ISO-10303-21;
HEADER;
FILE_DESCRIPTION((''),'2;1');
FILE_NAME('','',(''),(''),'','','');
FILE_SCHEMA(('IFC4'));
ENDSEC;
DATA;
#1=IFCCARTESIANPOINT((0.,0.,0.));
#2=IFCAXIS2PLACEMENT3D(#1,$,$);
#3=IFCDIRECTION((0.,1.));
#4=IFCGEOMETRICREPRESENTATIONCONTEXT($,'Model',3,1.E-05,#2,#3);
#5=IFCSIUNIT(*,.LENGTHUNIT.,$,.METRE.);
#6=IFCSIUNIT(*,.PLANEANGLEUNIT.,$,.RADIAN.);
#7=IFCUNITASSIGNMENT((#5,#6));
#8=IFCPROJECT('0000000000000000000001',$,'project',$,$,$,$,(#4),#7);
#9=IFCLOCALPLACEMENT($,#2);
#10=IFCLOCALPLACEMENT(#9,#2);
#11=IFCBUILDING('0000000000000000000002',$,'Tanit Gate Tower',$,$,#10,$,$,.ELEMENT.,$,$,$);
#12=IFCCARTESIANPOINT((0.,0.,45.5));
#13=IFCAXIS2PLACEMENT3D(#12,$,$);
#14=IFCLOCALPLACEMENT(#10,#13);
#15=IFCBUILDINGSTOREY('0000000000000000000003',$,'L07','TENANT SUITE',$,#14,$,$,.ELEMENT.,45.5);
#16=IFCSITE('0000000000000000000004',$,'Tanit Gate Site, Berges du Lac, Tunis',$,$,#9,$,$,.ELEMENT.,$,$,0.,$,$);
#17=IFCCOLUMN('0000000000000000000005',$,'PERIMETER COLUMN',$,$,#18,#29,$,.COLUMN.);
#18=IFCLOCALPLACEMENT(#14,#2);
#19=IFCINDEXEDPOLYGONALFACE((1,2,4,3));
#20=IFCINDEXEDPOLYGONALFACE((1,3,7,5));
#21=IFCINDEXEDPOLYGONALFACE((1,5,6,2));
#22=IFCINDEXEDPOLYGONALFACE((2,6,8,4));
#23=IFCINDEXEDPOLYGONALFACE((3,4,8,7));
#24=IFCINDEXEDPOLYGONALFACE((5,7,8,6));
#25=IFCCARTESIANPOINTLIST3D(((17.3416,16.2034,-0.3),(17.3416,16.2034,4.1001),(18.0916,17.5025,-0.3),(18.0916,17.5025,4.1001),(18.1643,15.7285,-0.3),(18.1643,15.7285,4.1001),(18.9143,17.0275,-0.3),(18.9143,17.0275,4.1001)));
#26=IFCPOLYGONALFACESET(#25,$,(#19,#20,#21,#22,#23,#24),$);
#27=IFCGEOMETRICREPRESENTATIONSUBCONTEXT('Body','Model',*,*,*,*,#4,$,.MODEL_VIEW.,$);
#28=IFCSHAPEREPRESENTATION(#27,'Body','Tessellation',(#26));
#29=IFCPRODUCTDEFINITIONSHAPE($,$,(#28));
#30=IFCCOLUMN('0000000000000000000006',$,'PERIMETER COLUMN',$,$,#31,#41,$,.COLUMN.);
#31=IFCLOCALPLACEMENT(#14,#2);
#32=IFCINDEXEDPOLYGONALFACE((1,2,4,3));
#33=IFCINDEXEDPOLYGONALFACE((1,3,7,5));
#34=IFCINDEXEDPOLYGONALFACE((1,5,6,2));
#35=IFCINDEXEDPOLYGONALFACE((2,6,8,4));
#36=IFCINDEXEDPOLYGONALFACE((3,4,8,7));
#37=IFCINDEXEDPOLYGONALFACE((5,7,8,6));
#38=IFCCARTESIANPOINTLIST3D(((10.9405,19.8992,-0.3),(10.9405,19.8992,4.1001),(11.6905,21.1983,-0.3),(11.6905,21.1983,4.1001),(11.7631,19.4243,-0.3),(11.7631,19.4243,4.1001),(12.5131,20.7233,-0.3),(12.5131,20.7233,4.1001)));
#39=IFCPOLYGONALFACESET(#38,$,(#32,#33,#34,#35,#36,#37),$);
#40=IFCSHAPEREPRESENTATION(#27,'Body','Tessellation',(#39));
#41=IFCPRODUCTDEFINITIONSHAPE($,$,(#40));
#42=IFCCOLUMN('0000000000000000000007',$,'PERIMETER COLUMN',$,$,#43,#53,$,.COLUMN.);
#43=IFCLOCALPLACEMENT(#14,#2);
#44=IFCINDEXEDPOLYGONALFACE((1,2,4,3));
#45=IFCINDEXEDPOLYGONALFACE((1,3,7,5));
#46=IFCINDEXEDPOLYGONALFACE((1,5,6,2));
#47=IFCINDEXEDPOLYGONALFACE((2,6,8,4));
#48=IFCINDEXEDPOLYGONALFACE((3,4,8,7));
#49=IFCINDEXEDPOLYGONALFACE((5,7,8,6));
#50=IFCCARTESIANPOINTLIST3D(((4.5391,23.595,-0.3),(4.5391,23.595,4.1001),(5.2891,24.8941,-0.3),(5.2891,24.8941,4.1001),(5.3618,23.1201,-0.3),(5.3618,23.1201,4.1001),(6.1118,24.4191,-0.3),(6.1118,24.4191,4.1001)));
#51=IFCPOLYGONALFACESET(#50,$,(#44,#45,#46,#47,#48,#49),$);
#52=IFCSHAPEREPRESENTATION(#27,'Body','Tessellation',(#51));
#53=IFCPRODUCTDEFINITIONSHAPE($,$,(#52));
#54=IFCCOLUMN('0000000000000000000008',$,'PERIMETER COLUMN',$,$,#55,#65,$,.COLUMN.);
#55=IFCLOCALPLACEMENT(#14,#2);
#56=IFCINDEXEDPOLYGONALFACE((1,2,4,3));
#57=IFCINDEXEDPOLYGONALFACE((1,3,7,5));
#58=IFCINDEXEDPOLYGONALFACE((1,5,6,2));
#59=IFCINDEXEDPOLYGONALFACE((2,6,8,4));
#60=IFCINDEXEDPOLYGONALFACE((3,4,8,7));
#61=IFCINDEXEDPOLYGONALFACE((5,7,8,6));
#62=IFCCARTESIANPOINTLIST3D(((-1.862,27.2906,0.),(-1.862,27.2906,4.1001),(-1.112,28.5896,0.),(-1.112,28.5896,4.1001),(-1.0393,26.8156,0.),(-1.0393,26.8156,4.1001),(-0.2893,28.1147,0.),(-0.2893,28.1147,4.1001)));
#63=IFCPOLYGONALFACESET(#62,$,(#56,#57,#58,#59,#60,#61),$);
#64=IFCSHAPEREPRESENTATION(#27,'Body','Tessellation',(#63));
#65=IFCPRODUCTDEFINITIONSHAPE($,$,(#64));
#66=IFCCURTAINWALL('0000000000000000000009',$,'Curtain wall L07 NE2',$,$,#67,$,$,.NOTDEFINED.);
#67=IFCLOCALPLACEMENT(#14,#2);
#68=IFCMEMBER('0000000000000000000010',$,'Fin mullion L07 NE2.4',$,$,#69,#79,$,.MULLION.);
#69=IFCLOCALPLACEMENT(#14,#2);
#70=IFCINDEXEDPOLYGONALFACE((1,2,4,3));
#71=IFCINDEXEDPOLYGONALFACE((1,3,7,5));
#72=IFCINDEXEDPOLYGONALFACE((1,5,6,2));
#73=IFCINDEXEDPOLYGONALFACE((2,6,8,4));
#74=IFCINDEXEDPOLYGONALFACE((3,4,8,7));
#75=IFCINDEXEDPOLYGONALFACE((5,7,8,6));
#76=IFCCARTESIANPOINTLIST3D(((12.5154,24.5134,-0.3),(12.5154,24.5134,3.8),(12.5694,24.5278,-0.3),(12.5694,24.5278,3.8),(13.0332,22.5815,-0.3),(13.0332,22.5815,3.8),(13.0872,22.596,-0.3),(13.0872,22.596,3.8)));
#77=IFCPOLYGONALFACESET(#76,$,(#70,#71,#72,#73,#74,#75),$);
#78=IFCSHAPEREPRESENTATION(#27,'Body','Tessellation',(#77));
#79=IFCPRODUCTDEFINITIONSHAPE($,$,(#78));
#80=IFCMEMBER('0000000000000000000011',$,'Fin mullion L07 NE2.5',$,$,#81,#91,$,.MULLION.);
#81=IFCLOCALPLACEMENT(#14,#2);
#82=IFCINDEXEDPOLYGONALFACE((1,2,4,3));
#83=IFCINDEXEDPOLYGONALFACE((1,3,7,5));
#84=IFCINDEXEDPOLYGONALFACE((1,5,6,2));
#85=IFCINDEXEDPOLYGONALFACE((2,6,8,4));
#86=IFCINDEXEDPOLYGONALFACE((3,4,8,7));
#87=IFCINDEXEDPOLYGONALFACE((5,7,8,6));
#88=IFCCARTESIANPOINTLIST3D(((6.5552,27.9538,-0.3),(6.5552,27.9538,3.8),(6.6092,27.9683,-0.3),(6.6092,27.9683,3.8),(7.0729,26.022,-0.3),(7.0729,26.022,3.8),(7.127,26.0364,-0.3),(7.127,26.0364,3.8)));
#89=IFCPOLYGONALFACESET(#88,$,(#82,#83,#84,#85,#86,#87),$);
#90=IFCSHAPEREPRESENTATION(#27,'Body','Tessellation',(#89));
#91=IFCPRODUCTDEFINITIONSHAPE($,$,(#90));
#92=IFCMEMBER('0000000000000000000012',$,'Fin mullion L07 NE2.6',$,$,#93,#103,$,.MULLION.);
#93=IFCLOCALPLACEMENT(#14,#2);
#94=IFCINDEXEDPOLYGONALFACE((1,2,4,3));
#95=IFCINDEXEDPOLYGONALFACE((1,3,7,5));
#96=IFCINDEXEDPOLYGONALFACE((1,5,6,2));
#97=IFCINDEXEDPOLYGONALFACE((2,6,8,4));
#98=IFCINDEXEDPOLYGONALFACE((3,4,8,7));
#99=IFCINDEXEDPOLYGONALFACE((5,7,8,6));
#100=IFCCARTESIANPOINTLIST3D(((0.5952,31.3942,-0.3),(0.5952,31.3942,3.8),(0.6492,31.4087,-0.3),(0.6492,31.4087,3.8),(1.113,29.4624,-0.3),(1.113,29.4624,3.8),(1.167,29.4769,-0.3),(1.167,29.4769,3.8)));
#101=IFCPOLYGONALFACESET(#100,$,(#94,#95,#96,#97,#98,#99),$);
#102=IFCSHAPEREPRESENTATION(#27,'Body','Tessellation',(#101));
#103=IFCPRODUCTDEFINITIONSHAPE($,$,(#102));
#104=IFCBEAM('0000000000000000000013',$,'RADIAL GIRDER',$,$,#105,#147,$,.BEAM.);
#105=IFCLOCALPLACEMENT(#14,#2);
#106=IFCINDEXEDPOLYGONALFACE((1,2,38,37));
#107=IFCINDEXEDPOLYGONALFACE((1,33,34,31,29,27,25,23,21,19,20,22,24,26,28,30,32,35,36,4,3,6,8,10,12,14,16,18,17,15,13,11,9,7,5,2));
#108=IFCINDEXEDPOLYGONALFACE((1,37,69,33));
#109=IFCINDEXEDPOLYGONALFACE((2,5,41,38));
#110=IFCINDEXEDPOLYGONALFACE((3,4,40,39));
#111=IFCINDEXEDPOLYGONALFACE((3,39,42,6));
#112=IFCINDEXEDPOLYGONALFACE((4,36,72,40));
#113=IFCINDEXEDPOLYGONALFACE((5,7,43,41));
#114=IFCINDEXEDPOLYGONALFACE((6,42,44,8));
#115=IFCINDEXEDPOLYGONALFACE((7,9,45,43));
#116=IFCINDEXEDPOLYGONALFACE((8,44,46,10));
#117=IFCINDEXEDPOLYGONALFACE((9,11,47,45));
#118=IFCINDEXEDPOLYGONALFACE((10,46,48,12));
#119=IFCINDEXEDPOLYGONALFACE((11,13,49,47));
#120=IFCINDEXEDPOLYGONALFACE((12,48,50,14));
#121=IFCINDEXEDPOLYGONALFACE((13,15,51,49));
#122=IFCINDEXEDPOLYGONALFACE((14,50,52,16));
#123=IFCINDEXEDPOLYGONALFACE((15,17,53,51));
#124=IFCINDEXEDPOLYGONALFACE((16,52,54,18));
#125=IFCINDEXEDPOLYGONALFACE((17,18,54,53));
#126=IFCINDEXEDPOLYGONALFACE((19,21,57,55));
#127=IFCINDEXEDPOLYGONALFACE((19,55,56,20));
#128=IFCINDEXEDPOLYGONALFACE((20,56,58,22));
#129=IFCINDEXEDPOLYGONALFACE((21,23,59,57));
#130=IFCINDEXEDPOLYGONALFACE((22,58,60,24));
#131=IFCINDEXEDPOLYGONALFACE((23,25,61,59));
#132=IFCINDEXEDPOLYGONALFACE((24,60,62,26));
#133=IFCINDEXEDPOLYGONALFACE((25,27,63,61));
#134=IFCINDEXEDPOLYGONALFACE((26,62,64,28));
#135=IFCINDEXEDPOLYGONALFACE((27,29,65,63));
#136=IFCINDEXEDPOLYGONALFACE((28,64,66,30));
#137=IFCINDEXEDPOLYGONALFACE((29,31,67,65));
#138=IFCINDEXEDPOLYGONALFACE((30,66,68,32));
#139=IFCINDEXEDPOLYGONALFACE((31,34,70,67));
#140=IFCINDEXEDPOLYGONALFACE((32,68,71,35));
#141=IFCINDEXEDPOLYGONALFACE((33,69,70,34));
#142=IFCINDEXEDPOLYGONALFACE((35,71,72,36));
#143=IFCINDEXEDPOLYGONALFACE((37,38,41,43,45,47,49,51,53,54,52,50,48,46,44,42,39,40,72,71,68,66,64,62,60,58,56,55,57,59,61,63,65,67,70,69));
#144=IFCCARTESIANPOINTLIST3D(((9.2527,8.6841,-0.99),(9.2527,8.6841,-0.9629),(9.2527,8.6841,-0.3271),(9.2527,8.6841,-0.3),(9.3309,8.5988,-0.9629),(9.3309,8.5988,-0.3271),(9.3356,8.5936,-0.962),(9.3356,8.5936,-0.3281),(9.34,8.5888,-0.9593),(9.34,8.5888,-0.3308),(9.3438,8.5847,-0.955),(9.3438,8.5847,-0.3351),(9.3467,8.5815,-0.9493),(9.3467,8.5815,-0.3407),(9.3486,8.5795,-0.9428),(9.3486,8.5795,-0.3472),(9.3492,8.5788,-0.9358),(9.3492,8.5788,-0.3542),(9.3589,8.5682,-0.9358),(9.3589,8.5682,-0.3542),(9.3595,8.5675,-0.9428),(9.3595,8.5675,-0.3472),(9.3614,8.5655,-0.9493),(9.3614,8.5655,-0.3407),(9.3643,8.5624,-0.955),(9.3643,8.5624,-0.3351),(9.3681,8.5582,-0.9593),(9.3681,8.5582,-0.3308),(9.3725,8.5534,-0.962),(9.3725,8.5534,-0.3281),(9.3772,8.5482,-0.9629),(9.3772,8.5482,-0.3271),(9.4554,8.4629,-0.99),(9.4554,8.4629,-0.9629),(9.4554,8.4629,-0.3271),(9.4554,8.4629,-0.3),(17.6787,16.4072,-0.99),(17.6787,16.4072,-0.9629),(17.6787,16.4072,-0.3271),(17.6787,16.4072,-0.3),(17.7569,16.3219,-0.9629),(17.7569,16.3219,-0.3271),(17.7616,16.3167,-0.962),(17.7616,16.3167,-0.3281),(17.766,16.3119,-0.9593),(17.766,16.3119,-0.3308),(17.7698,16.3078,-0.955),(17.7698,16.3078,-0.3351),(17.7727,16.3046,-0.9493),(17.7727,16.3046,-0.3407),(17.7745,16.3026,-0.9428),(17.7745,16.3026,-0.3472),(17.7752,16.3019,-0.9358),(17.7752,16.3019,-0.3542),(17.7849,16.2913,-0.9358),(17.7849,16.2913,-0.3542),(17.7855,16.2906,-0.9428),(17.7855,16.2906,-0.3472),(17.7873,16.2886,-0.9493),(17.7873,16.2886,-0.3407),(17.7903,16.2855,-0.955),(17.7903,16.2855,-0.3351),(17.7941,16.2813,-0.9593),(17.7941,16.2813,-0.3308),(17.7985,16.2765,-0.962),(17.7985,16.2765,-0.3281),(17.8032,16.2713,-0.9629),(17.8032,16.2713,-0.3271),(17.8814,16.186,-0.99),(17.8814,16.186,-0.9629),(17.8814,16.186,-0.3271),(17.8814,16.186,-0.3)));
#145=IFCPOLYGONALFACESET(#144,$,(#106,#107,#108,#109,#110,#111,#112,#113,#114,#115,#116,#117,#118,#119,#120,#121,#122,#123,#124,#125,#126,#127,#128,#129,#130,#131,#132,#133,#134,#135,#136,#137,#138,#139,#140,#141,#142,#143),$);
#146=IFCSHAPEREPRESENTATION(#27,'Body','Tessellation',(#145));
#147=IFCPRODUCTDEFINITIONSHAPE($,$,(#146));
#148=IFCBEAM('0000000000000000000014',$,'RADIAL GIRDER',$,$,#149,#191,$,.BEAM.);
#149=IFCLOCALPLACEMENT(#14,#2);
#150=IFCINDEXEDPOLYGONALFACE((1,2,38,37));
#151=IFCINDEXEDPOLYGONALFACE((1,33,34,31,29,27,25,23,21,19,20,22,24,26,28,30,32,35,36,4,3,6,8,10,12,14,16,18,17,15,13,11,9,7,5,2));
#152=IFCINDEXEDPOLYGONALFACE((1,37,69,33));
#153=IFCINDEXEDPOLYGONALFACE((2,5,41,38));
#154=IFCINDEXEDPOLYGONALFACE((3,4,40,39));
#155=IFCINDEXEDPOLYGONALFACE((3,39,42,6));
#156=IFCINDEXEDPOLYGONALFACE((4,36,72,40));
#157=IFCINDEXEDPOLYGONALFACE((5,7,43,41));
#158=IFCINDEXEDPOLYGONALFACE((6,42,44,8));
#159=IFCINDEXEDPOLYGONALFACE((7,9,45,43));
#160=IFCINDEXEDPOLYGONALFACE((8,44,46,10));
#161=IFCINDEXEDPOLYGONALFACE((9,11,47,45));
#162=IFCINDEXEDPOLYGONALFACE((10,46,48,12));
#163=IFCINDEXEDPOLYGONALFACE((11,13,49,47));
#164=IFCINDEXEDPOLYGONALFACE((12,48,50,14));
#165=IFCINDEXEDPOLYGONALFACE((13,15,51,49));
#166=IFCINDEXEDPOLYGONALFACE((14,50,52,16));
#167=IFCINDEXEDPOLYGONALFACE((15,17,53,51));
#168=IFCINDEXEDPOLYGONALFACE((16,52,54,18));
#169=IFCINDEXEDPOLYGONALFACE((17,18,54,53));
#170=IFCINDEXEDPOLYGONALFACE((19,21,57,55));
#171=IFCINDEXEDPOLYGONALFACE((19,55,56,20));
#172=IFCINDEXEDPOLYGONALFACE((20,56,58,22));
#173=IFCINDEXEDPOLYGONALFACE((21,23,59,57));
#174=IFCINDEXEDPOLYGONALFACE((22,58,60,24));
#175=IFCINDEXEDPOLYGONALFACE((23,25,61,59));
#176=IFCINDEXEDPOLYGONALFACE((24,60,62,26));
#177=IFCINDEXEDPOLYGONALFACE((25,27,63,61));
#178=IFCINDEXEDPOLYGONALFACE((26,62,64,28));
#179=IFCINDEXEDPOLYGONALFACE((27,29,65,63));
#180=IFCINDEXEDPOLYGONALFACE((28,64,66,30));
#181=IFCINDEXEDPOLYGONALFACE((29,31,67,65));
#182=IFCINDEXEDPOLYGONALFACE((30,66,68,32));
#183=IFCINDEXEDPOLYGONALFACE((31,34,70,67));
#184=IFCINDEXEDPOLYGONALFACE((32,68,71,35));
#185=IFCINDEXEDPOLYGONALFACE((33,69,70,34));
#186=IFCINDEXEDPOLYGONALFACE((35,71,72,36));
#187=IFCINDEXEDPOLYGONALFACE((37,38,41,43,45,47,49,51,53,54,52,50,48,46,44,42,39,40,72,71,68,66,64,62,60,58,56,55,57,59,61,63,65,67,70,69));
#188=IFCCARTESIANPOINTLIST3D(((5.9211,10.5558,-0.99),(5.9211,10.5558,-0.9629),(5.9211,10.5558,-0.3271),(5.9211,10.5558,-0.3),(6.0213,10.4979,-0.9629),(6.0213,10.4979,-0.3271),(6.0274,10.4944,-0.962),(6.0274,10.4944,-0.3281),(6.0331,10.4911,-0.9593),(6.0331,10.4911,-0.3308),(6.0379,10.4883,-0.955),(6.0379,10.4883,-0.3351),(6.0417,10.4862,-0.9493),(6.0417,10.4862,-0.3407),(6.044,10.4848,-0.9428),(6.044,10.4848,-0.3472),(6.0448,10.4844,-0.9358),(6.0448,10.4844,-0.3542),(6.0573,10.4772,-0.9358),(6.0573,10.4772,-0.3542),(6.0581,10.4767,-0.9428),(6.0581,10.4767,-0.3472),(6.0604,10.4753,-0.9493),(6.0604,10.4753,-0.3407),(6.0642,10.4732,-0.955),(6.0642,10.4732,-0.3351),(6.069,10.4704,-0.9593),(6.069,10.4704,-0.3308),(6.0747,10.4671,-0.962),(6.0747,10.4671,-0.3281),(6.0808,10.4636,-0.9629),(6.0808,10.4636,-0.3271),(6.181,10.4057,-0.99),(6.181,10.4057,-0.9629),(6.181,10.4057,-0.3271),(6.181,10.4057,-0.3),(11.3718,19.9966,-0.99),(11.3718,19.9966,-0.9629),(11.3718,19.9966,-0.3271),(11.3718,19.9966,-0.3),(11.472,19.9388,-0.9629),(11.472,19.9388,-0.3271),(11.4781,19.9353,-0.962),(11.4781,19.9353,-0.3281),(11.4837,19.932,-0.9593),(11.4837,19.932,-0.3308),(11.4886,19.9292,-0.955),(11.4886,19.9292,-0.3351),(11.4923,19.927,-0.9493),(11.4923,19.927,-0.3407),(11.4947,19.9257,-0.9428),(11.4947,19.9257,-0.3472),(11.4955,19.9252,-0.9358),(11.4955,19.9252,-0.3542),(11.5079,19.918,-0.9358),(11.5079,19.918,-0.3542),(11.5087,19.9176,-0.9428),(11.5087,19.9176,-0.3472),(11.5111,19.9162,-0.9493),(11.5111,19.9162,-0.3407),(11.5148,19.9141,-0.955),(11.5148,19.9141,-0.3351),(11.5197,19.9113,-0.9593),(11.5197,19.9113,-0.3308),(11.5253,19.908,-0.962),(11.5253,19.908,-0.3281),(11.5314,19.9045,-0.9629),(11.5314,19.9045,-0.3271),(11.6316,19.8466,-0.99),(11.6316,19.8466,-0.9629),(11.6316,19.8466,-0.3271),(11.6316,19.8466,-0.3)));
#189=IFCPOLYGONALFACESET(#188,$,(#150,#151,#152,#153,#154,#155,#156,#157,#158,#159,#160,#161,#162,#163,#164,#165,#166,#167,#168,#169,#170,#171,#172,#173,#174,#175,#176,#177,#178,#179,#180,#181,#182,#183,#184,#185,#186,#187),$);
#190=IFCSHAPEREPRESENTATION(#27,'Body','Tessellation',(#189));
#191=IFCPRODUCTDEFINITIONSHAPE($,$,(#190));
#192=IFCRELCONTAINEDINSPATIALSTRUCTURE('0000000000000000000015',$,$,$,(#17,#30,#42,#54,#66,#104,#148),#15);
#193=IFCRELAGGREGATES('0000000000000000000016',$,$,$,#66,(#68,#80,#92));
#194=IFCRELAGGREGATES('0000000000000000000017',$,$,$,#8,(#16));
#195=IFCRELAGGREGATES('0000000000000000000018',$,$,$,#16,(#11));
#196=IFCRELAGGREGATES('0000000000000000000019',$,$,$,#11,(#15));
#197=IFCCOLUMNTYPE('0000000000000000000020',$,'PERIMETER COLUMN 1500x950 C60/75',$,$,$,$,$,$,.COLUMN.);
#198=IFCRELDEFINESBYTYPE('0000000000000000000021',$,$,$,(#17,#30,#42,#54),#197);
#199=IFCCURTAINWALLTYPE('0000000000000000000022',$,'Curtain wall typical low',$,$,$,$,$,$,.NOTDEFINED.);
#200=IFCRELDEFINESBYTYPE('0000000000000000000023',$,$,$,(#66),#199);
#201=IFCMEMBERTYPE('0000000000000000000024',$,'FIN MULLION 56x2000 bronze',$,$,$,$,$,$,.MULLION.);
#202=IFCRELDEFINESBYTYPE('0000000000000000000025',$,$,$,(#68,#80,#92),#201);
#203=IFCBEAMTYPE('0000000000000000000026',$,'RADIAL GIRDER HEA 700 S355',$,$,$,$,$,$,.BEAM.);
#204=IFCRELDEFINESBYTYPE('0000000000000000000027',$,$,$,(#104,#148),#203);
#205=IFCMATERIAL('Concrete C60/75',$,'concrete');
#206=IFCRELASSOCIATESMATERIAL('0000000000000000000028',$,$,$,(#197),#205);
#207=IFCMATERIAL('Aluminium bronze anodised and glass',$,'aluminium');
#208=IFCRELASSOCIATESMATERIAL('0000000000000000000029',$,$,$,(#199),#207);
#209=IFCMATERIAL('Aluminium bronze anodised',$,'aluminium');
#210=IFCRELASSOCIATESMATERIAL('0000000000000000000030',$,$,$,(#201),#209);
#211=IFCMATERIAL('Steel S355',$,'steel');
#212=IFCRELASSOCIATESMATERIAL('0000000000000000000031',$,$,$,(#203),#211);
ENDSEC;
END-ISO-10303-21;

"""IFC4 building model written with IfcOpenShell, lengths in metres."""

from ifc_helpers import new_model, si_unit, direction, frame, origin, origin_2d, place, context, subcontext, project, spatial, rectangle, i_section, extrude, material, material_profile, profile_set, type_object, element, aggregate, save


model = new_model("IFC4")

# Units and contexts
model_context = context("Model", 3, precision=1e-05, world=origin(), true_north=direction((0.0, 1.0)))
body_context = subcontext(model_context, "Body", "Model", "MODEL_VIEW")
ifc_project = project(units=[si_unit("LENGTHUNIT", "METRE"), si_unit("PLANEANGLEUNIT", "RADIAN")], contexts=[model_context])

# Site, building, storey
site_placement = place(None, origin())
site = spatial("IfcSite", under=ifc_project, at=site_placement, Name="Tanit Gate Site, Berges du Lac, Tunis", CompositionType="ELEMENT", RefElevation=0.0)
building_placement = place(site_placement, origin())
building = spatial("IfcBuilding", under=site, at=building_placement, Name="Tanit Gate Tower", CompositionType="ELEMENT")
storey_placement = place(building_placement, frame((0.0, 0.0, 45.5)))
storey = spatial("IfcBuildingStorey", under=building, at=storey_placement, Name="L07", Description="TENANT SUITE", CompositionType="ELEMENT", Elevation=45.5)

# Columns
ifc_material_1 = material(Name="Concrete C60/75", Category="concrete")
ifc_material_profile_1 = material_profile(ifc_material_1, rectangle(XDim=1.5, YDim=0.95, at=origin_2d()), Name="RC 1500x950")
ifc_profile_set_1 = profile_set([ifc_material_profile_1], Name="Concrete C60/75")
column_type = type_object("IfcColumnType", Name="PERIMETER COLUMN 1500x950 C60/75", PredefinedType="COLUMN", material=ifc_profile_set_1)
for number, where, z_axis, x_axis, name in (
    (1, (18.1279, 16.6155, -0.3), (0.0, 0.0, 1.0), (0.5, 0.866025, 0.0), "PERIMETER COLUMN"),
    (2, (11.7268, 20.3113, -0.3), (0.0, 0.0, 1.0), (0.5, 0.866025, 0.0), "PERIMETER COLUMN"),
    (3, (5.3254, 24.0071, -0.3), (0.0, 0.0, 1.0), (0.5, 0.866025, 0.0), "PERIMETER COLUMN"),
):
    element("IfcColumn", number, at=place(storey_placement, frame(where, z_axis=z_axis, x_axis=x_axis)), inside=storey, type_object=column_type, Name=name, PredefinedType="COLUMN", context=body_context, shape_type="SweptSolid", body=[
        extrude(rectangle(XDim=1.5, YDim=0.95, at=origin_2d()), origin(), (0.0, 0.0, 1.0), 4.4001),
    ])
column_placement = place(storey_placement, frame((-1.0757, 27.7026, 0.0), z_axis=(0.0, 0.0, 1.0), x_axis=(0.5, 0.866025, 0.0)))
element("IfcColumn", 4, at=column_placement, inside=storey, type_object=column_type, Name="PERIMETER COLUMN", PredefinedType="COLUMN", context=body_context, shape_type="SweptSolid", body=[
    extrude(rectangle(XDim=1.5, YDim=0.95, at=origin_2d()), origin(), (0.0, 0.0, 1.0), 4.1001),
])

# Curtain wall, members
ifc_material_2 = material(Name="Aluminium bronze anodised and glass", Category="aluminium")
curtain_wall_type = type_object("IfcCurtainWallType", Name="Curtain wall typical low", PredefinedType="NOTDEFINED", material=ifc_material_2)
curtain_wall_placement = place(storey_placement, origin())
curtain_wall = element("IfcCurtainWall", 5, at=curtain_wall_placement, inside=storey, type_object=curtain_wall_type, Name="Curtain wall L07 NE2", PredefinedType="NOTDEFINED")
ifc_material_3 = material(Name="Aluminium bronze anodised", Category="aluminium")
ifc_material_profile_2 = material_profile(ifc_material_3, rectangle(XDim=2.0, YDim=0.0559, at=origin_2d()), Name="56x2000 bronze fin mullion")
ifc_profile_set_2 = profile_set([ifc_material_profile_2], Name="Aluminium bronze anodised")
member_type_1 = type_object("IfcMemberType", Name="FIN MULLION 56x2000 bronze", PredefinedType="MULLION", material=ifc_profile_set_2)
member_1_placement = place(storey_placement, frame((12.8013, 23.5547, -0.3), z_axis=(0.0, 0.0, 1.0), x_axis=(0.258886, -0.965908, 0.0)))
member_1 = element("IfcMember", 6, at=member_1_placement, type_object=member_type_1, Name="Fin mullion L07 NE2.4", PredefinedType="MULLION", context=body_context, shape_type="SweptSolid", body=[
    extrude(rectangle(XDim=2.0, YDim=0.0559, at=origin_2d()), origin(), (0.0, 0.0, 1.0), 4.1001),
])
member_2_placement = place(storey_placement, frame((6.8411, 26.9951, -0.3), z_axis=(0.0, 0.0, 1.0), x_axis=(0.258886, -0.965908, 0.0)))
member_2 = element("IfcMember", 7, at=member_2_placement, type_object=member_type_1, Name="Fin mullion L07 NE2.5", PredefinedType="MULLION", context=body_context, shape_type="SweptSolid", body=[
    extrude(rectangle(XDim=2.0, YDim=0.0559, at=origin_2d()), origin(), (0.0, 0.0, 1.0), 4.1001),
])
member_3_placement = place(storey_placement, frame((0.8811, 30.4355, -0.3), z_axis=(0.0, 0.0, 1.0), x_axis=(0.258886, -0.965908, 0.0)))
member_3 = element("IfcMember", 8, at=member_3_placement, type_object=member_type_1, Name="Fin mullion L07 NE2.6", PredefinedType="MULLION", context=body_context, shape_type="SweptSolid", body=[
    extrude(rectangle(XDim=2.0, YDim=0.0559, at=origin_2d()), origin(), (0.0, 0.0, 1.0), 4.1001),
])

# Beams
ifc_material_4 = material(Name="Steel S355", Category="steel")
ifc_material_profile_3 = material_profile(ifc_material_4, i_section(OverallWidth=0.3, OverallDepth=0.6899, WebThickness=0.0144, FlangeThickness=0.0271, FilletRadius=0.0271, at=origin_2d()), Name="HEA 700")
ifc_profile_set_3 = profile_set([ifc_material_profile_3], Name="Steel S355")
beam_type_1 = type_object("IfcBeamType", Name="RADIAL GIRDER HEA 700 S355", PredefinedType="BEAM", material=ifc_profile_set_3)
beam_1_placement = place(storey_placement, frame((17.78, 16.2966, -0.645), z_axis=(-0.737185, -0.675691, 0.0), x_axis=(0.675691, -0.737185, 0.0)))
element("IfcBeam", 9, at=beam_1_placement, inside=storey, type_object=beam_type_1, Name="RADIAL GIRDER", PredefinedType="BEAM", context=body_context, shape_type="SweptSolid", body=[
    extrude(i_section(OverallWidth=0.3, OverallDepth=0.6899, WebThickness=0.0144, FlangeThickness=0.0271, FilletRadius=0.0271, at=origin_2d()), origin(), (0.0, 0.0, 1.0), 11.4299),
])
beam_2_placement = place(storey_placement, frame((11.5017, 19.9216, -0.645), z_axis=(-0.499998, -0.866027, 0.0), x_axis=(0.866027, -0.499998, 0.0)))
element("IfcBeam", 10, at=beam_2_placement, inside=storey, type_object=beam_type_1, Name="RADIAL GIRDER", PredefinedType="BEAM", context=body_context, shape_type="SweptSolid", body=[
    extrude(i_section(OverallWidth=0.3, OverallDepth=0.6899, WebThickness=0.0144, FlangeThickness=0.0271, FilletRadius=0.0271, at=origin_2d()), origin(), (0.0, 0.0, 1.0), 10.9014),
])

aggregate(curtain_wall, [member_1, member_2, member_3])

save(model, "model.ifc")
